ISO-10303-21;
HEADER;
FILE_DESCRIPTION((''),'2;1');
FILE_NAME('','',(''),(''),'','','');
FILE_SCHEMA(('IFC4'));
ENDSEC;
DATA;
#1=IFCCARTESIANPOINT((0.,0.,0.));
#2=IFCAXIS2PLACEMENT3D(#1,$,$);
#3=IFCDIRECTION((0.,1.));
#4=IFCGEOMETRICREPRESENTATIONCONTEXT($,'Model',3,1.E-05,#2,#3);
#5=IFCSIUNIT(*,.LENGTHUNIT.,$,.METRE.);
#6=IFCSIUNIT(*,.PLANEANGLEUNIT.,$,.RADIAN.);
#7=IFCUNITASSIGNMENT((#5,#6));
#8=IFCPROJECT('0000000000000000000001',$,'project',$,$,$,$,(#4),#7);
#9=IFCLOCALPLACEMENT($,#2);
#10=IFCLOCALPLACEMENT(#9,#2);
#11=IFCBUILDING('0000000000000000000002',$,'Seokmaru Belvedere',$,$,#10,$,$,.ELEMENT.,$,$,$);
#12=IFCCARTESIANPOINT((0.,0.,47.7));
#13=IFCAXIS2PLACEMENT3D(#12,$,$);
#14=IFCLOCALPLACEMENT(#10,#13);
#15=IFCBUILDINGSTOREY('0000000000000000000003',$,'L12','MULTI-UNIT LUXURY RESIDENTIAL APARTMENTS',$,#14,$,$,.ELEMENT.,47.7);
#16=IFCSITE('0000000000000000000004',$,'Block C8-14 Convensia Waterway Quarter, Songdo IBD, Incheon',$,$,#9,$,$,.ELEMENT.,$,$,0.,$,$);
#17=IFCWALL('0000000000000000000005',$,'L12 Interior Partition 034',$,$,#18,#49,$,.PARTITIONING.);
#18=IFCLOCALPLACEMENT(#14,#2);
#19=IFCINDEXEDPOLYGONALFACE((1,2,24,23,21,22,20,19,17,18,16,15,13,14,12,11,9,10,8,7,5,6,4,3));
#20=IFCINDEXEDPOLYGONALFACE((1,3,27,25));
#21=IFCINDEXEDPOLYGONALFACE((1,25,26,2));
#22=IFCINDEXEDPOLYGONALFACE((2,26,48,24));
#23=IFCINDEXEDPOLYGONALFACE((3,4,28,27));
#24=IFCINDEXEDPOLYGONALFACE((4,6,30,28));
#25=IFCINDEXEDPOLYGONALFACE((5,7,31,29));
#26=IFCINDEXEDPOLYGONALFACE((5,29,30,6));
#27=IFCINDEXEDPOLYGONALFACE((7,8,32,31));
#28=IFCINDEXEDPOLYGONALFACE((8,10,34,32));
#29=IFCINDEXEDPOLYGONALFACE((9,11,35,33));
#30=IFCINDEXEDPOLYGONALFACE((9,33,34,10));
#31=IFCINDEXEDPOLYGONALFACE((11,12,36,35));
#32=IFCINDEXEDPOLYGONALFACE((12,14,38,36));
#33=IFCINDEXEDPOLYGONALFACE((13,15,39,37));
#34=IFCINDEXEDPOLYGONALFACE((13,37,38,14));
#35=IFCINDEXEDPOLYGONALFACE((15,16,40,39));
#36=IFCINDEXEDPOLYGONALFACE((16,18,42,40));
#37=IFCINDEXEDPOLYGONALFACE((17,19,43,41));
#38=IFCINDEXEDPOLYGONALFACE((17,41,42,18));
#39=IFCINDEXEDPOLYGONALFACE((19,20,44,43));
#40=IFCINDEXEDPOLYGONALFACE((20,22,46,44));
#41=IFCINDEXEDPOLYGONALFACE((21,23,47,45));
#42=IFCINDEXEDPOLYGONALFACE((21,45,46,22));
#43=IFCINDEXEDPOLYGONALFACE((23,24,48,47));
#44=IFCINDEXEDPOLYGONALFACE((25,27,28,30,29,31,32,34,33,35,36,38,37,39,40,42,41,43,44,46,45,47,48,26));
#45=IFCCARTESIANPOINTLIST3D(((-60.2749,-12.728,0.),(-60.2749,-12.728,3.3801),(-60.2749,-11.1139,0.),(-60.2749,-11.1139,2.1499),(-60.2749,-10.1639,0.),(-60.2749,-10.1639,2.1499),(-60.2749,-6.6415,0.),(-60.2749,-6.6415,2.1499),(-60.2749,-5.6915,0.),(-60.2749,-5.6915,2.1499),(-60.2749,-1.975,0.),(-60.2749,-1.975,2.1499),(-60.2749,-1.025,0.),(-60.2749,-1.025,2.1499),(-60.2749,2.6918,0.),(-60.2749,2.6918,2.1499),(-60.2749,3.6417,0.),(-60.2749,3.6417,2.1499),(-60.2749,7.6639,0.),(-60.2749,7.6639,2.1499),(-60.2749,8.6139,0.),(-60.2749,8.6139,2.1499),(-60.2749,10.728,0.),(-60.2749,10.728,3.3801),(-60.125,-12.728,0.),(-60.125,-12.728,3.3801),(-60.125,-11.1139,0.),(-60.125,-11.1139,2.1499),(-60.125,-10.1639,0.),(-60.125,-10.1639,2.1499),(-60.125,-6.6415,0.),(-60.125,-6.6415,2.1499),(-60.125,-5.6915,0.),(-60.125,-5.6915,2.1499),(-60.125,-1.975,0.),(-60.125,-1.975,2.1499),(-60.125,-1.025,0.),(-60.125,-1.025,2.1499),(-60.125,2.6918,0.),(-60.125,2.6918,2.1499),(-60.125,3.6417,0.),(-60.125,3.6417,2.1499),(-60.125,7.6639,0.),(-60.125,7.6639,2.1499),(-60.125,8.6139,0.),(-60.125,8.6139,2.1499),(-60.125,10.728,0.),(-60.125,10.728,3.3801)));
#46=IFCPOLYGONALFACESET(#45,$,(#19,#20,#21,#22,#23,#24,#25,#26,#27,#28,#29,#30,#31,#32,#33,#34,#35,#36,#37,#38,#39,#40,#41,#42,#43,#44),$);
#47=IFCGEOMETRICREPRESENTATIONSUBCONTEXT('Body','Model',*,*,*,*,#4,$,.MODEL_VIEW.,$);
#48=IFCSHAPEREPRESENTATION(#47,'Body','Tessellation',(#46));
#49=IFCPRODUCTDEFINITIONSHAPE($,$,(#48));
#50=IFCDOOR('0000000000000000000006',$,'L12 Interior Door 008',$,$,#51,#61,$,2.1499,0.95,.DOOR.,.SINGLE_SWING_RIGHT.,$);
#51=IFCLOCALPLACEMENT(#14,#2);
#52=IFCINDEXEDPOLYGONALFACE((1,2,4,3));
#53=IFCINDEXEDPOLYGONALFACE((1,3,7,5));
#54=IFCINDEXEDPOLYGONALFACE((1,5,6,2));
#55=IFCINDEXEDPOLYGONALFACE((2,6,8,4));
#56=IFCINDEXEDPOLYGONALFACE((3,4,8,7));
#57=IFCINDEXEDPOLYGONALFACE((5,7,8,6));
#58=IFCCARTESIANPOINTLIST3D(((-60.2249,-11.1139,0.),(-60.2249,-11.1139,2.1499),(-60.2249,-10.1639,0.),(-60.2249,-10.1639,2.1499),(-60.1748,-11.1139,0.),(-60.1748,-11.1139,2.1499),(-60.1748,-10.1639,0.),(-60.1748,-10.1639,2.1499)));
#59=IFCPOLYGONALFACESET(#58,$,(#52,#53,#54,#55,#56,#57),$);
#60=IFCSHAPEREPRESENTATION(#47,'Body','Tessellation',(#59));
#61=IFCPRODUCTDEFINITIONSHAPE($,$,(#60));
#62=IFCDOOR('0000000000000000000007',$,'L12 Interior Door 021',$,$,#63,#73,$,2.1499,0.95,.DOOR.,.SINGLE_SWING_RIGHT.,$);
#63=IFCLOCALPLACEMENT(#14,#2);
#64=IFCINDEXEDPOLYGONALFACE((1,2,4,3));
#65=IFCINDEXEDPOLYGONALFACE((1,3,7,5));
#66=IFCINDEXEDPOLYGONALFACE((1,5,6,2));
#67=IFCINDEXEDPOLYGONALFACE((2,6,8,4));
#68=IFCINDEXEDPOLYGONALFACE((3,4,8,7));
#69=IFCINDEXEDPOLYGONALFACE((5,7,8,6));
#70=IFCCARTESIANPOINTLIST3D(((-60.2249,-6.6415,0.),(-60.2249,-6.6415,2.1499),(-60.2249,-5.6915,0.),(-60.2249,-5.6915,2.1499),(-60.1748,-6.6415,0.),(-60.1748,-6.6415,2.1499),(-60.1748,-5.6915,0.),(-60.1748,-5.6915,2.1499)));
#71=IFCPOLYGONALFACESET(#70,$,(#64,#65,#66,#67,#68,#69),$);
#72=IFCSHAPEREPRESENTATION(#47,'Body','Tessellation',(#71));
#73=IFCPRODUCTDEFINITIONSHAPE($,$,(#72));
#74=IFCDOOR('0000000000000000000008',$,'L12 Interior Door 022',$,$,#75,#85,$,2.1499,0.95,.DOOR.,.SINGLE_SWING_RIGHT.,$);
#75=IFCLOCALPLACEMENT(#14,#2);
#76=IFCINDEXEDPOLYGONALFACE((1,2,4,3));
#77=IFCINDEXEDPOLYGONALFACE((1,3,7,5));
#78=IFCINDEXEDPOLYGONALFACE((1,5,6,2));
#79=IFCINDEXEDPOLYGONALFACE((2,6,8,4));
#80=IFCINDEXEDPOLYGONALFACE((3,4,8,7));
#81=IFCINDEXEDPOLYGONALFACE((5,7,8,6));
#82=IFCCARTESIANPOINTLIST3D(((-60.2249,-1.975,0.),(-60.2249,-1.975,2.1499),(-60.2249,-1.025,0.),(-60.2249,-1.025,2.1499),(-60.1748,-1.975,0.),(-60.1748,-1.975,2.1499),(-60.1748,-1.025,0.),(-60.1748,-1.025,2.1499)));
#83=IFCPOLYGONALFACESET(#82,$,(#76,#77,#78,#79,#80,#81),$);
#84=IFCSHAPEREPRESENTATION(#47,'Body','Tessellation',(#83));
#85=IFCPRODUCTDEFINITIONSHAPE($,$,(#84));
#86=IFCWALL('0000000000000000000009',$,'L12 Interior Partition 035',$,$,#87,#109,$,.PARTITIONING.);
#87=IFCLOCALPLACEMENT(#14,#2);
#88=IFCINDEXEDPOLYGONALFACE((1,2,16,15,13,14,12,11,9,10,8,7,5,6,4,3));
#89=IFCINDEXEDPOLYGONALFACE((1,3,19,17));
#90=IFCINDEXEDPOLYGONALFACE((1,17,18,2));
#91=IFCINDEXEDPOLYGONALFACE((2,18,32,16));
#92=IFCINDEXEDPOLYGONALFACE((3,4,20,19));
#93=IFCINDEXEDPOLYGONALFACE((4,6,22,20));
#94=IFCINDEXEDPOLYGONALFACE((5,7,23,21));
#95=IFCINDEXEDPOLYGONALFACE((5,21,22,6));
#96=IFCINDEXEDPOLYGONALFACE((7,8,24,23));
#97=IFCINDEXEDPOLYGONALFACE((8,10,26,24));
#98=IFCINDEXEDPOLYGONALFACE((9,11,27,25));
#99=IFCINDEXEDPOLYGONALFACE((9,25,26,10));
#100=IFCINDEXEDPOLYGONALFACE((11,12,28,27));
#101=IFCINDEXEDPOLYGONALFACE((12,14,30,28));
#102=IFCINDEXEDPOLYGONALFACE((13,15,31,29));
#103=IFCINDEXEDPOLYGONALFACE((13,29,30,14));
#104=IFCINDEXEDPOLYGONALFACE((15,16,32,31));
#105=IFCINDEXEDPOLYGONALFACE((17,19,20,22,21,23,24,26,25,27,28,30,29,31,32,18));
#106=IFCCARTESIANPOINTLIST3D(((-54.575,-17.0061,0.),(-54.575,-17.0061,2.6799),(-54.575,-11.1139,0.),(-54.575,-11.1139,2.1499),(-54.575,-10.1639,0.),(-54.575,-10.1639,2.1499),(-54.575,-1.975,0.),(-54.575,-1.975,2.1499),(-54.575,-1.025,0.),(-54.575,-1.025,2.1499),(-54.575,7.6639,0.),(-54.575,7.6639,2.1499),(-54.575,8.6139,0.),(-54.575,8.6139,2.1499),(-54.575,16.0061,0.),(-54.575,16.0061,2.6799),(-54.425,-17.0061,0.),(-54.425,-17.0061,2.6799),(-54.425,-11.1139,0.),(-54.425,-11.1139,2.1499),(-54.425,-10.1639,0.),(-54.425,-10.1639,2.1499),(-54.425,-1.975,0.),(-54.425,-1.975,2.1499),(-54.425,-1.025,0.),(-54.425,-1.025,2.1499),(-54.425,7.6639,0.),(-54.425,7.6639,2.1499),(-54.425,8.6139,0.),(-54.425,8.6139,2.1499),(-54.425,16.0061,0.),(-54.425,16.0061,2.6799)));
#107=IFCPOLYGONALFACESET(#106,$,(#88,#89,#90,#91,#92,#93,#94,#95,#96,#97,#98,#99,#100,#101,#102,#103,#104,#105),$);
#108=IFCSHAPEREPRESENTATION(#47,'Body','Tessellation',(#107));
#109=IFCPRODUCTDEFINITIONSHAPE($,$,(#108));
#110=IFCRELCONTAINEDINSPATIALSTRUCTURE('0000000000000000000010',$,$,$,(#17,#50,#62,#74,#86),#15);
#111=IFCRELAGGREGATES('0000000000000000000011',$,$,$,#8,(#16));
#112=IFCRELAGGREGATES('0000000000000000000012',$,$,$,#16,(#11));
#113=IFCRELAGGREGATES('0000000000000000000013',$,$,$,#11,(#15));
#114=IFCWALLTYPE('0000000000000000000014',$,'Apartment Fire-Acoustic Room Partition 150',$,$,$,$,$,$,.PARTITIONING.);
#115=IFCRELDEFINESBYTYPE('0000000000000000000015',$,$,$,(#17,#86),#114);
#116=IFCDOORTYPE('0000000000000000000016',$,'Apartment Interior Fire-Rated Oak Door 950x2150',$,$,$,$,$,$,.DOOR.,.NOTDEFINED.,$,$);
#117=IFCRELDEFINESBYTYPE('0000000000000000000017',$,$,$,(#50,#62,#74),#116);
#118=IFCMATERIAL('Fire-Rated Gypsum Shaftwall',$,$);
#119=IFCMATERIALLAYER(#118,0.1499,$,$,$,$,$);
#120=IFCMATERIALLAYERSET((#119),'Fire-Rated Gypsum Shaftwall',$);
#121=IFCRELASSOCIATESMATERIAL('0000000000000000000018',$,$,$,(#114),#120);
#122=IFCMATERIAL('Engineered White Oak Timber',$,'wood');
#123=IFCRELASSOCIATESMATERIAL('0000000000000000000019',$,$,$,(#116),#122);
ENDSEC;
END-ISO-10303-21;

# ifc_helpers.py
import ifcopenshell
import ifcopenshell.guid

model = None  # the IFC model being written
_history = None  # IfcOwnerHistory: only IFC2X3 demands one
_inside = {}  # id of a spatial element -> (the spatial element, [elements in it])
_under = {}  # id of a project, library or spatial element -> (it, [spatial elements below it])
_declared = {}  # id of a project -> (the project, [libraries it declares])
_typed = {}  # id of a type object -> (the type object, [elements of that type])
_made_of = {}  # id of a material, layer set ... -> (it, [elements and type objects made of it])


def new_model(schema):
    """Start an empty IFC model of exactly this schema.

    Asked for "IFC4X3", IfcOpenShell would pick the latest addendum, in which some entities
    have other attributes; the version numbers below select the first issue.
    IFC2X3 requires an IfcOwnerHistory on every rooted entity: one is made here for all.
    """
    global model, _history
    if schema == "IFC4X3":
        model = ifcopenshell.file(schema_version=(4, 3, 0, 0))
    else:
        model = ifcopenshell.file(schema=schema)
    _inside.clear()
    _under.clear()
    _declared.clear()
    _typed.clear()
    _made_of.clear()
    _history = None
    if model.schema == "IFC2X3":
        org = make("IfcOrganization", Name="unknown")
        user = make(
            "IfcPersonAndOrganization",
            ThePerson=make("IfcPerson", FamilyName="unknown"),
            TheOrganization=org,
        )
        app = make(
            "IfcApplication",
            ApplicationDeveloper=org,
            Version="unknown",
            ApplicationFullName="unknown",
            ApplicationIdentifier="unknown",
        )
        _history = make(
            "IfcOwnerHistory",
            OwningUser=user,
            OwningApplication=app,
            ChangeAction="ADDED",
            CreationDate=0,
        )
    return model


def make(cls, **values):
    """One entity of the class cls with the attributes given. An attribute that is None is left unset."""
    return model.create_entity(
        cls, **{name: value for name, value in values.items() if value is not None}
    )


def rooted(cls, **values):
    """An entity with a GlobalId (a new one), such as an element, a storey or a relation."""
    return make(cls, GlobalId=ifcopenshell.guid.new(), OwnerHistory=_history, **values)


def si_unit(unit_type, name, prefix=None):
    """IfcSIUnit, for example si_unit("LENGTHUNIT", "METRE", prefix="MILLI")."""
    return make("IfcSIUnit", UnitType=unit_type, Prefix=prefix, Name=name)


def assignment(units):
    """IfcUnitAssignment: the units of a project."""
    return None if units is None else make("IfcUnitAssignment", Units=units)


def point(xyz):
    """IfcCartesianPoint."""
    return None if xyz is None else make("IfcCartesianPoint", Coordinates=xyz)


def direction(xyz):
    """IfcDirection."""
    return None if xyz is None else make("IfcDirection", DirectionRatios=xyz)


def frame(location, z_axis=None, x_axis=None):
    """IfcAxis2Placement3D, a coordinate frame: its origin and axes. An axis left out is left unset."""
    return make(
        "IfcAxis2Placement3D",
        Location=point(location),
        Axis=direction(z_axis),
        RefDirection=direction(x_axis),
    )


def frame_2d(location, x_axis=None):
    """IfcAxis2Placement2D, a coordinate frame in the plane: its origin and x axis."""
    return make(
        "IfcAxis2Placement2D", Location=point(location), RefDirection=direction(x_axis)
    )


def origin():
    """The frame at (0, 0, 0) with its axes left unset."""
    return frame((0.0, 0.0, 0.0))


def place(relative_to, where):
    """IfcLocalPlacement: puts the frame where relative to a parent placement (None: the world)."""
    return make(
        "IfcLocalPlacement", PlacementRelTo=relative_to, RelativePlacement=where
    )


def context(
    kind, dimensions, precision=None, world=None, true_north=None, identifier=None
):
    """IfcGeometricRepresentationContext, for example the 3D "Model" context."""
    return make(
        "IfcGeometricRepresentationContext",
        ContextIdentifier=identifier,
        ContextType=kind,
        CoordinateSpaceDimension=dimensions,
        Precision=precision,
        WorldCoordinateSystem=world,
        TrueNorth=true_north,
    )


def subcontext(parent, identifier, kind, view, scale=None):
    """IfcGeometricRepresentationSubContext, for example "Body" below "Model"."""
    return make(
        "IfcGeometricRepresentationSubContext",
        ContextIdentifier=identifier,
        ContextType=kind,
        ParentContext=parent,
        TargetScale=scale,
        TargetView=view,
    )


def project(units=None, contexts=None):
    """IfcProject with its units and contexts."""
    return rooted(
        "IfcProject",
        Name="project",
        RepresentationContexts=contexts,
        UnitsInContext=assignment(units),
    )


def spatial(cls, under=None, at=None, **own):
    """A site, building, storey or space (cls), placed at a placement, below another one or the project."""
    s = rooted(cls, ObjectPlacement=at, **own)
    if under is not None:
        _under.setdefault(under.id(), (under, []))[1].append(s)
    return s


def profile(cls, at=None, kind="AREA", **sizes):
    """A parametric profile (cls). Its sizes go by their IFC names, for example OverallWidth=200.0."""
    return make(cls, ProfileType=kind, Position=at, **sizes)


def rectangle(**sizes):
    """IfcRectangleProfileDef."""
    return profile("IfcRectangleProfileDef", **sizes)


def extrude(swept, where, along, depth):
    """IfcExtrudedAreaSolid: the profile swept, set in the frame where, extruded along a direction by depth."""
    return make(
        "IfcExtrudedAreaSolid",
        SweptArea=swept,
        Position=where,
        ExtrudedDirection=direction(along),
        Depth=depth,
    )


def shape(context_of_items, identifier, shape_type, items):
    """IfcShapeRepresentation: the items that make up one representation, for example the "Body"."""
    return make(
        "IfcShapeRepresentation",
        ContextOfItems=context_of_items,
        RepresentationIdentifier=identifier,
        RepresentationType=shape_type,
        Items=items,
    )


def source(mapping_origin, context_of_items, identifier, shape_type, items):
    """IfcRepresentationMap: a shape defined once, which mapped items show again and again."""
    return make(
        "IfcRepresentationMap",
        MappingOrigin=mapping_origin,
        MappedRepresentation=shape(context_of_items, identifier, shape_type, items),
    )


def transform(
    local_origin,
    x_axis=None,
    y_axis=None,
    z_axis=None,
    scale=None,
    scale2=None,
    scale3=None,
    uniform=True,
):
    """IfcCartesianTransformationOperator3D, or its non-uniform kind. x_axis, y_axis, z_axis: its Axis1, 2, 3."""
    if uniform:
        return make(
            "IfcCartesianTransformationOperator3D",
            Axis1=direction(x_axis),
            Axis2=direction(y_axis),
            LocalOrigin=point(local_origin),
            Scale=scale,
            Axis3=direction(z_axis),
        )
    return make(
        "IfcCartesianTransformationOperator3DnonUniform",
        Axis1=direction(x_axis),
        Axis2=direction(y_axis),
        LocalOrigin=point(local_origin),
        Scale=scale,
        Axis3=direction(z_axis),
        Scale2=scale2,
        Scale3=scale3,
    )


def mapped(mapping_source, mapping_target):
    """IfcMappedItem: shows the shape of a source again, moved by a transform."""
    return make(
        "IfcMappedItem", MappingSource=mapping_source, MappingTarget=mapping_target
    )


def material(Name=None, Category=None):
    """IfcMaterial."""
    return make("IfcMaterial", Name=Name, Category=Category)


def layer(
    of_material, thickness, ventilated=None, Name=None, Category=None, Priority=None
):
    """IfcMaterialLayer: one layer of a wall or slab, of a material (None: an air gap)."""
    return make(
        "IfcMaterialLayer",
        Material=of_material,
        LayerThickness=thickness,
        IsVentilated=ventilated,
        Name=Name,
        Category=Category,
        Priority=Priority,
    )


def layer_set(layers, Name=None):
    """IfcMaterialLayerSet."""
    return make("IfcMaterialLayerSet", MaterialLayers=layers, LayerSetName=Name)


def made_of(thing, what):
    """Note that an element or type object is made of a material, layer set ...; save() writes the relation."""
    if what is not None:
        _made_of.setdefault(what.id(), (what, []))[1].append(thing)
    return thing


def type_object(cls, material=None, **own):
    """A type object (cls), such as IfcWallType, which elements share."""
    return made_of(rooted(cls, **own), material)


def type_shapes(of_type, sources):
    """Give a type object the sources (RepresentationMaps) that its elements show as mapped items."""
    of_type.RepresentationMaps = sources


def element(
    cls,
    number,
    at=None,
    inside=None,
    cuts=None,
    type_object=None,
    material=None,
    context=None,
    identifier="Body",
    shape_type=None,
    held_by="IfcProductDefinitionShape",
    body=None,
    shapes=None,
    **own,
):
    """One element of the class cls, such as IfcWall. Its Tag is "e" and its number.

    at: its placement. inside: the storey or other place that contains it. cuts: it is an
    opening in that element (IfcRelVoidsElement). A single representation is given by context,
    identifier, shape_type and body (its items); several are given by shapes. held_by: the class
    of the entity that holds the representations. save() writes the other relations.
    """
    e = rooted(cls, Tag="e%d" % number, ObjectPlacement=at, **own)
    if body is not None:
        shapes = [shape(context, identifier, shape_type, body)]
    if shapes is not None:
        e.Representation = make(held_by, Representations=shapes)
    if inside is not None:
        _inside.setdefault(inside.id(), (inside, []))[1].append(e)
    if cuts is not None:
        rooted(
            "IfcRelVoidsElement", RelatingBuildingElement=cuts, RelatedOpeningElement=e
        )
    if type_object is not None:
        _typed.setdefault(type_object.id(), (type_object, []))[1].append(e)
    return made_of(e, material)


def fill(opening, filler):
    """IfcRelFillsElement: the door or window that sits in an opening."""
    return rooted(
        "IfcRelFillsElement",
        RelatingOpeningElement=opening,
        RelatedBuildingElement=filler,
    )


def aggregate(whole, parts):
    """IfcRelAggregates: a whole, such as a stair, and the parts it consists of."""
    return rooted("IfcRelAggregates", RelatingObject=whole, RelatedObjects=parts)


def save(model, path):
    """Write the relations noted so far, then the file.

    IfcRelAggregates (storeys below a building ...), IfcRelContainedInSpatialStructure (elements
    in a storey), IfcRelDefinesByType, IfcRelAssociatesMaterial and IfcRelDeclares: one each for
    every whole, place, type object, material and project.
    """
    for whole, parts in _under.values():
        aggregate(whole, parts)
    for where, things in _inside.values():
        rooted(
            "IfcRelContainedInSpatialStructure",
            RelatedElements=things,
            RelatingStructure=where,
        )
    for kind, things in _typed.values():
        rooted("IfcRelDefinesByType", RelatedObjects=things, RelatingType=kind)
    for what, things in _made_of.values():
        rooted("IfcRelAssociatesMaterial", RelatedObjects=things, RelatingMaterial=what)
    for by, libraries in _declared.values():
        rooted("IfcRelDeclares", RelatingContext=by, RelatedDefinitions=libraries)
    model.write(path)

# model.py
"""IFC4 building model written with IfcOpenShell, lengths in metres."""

from ifc_helpers import new_model, si_unit, direction, frame, frame_2d, origin, place, context, subcontext, project, spatial, rectangle, extrude, source, transform, mapped, material, layer, layer_set, type_object, type_shapes, element, fill, save


model = new_model("IFC4")

# Units and contexts
model_context = context("Model", 3, precision=1e-05, world=origin(), true_north=direction((0.0, 1.0)))
body_context = subcontext(model_context, "Body", "Model", "MODEL_VIEW")
ifc_project = project(units=[si_unit("LENGTHUNIT", "METRE"), si_unit("PLANEANGLEUNIT", "RADIAN")], contexts=[model_context])

# Site, building, storey
site_placement = place(None, origin())
site = spatial("IfcSite", under=ifc_project, at=site_placement, Name="Block C8-14 Convensia Waterway Quarter, Songdo IBD, Incheon", CompositionType="ELEMENT", RefElevation=0.0)
building_placement = place(site_placement, origin())
building = spatial("IfcBuilding", under=site, at=building_placement, Name="Seokmaru Belvedere", CompositionType="ELEMENT")
storey_placement = place(building_placement, frame((0.0, 0.0, 47.7)))
storey = spatial("IfcBuildingStorey", under=building, at=storey_placement, Name="L12", Description="MULTI-UNIT LUXURY RESIDENTIAL APARTMENTS", CompositionType="ELEMENT", Elevation=47.7)

# Shared definitions
ifc_material_1 = material(Name="Fire-Rated Gypsum Shaftwall")
ifc_layer_1 = layer(ifc_material_1, 0.1499)
ifc_layer_set_1 = layer_set([ifc_layer_1], Name="Fire-Rated Gypsum Shaftwall")
wall_type = type_object("IfcWallType", Name="Apartment Fire-Acoustic Room Partition 150", PredefinedType="PARTITIONING", material=ifc_layer_set_1)
ifc_material_2 = material(Name="Engineered White Oak Timber", Category="wood")
door_type = type_object("IfcDoorType", Name="Apartment Interior Fire-Rated Oak Door 950x2150", OperationType="NOTDEFINED", PredefinedType="DOOR", material=ifc_material_2)
shared_shape_1 = source(origin(), body_context, "Body", "SweptSolid", [
    extrude(rectangle(XDim=0.95, YDim=2.1499, at=frame_2d((0.4751, 1.075))), frame((0.0, 0.0249, 0.0), z_axis=(0.0, -1.0, 0.0), x_axis=(1.0, 0.0, 0.0)), (0.0, 0.0, 1.0), 0.05),
])
type_shapes(door_type, [shared_shape_1])

# Wall, openings, doors
wall_1_placement = place(storey_placement, frame((-60.2, -12.728, 0.0), z_axis=(0.0, 0.0, 1.0), x_axis=(0.0, 1.0, 0.0)))
wall_1 = element("IfcWall", 1, at=wall_1_placement, inside=storey, type_object=wall_type, Name="L12 Interior Partition 034", PredefinedType="PARTITIONING", context=body_context, shape_type="SweptSolid", body=[
    extrude(rectangle(XDim=23.4561, YDim=0.1499, at=frame_2d((11.728, 0.0))), origin(), (0.0, 0.0, 1.0), 3.3801),
])
opening_1_placement = place(wall_1_placement, frame((1.614, 0.0, 0.0)))
opening_1 = element("IfcOpeningElement", 2, at=opening_1_placement, cuts=wall_1, PredefinedType="OPENING", context=body_context, shape_type="SweptSolid", body=[
    extrude(rectangle(XDim=0.95, YDim=2.1499, at=frame_2d((0.4751, 1.075))), frame((0.0, 0.085, 0.0), z_axis=(0.0, -1.0, 0.0), x_axis=(1.0, 0.0, 0.0)), (0.0, 0.0, 1.0), 0.1699),
])
opening_2_placement = place(wall_1_placement, frame((6.0864, 0.0, 0.0)))
opening_2 = element("IfcOpeningElement", 3, at=opening_2_placement, cuts=wall_1, PredefinedType="OPENING", context=body_context, shape_type="SweptSolid", body=[
    extrude(rectangle(XDim=0.95, YDim=2.1499, at=frame_2d((0.4751, 1.075))), frame((0.0, 0.085, 0.0), z_axis=(0.0, -1.0, 0.0), x_axis=(1.0, 0.0, 0.0)), (0.0, 0.0, 1.0), 0.1699),
])
opening_3_placement = place(wall_1_placement, frame((10.7529, 0.0, 0.0)))
opening_3 = element("IfcOpeningElement", 4, at=opening_3_placement, cuts=wall_1, PredefinedType="OPENING", context=body_context, shape_type="SweptSolid", body=[
    extrude(rectangle(XDim=0.95, YDim=2.1499, at=frame_2d((0.4751, 1.075))), frame((0.0, 0.085, 0.0), z_axis=(0.0, -1.0, 0.0), x_axis=(1.0, 0.0, 0.0)), (0.0, 0.0, 1.0), 0.1699),
])
opening_4_placement = place(wall_1_placement, frame((15.4197, 0.0, 0.0)))
element("IfcOpeningElement", 5, at=opening_4_placement, cuts=wall_1, PredefinedType="OPENING", context=body_context, shape_type="SweptSolid", body=[
    extrude(rectangle(XDim=0.95, YDim=2.1499, at=frame_2d((0.4751, 1.075))), frame((0.0, 0.085, 0.0), z_axis=(0.0, -1.0, 0.0), x_axis=(1.0, 0.0, 0.0)), (0.0, 0.0, 1.0), 0.1699),
])
opening_5_placement = place(wall_1_placement, frame((20.3918, 0.0, 0.0)))
element("IfcOpeningElement", 6, at=opening_5_placement, cuts=wall_1, PredefinedType="OPENING", context=body_context, shape_type="SweptSolid", body=[
    extrude(rectangle(XDim=0.95, YDim=2.1499, at=frame_2d((0.4751, 1.075))), frame((0.0, 0.085, 0.0), z_axis=(0.0, -1.0, 0.0), x_axis=(1.0, 0.0, 0.0)), (0.0, 0.0, 1.0), 0.1699),
])
door_1_placement = place(opening_1_placement, origin())
door_1 = element("IfcDoor", 7, at=door_1_placement, inside=storey, type_object=door_type, Name="L12 Interior Door 008", OperationType="SINGLE_SWING_RIGHT", OverallHeight=2.1499, OverallWidth=0.95, PredefinedType="DOOR", context=body_context, shape_type="MappedRepresentation", body=[
    mapped(shared_shape_1, transform((0.0, 0.0, 0.0), scale=1.0)),
])
fill(opening_1, door_1)
door_2_placement = place(opening_2_placement, origin())
door_2 = element("IfcDoor", 8, at=door_2_placement, inside=storey, type_object=door_type, Name="L12 Interior Door 021", OperationType="SINGLE_SWING_RIGHT", OverallHeight=2.1499, OverallWidth=0.95, PredefinedType="DOOR", context=body_context, shape_type="MappedRepresentation", body=[
    mapped(shared_shape_1, transform((0.0, 0.0, 0.0), scale=1.0)),
])
fill(opening_2, door_2)
door_3_placement = place(opening_3_placement, origin())
door_3 = element("IfcDoor", 9, at=door_3_placement, inside=storey, type_object=door_type, Name="L12 Interior Door 022", OperationType="SINGLE_SWING_RIGHT", OverallHeight=2.1499, OverallWidth=0.95, PredefinedType="DOOR", context=body_context, shape_type="MappedRepresentation", body=[
    mapped(shared_shape_1, transform((0.0, 0.0, 0.0), scale=1.0)),
])
fill(opening_3, door_3)

# Wall, openings
wall_2_placement = place(storey_placement, frame((-54.5, -17.0061, 0.0), z_axis=(0.0, 0.0, 1.0), x_axis=(0.0, 1.0, 0.0)))
wall_2 = element("IfcWall", 10, at=wall_2_placement, inside=storey, type_object=wall_type, Name="L12 Interior Partition 035", PredefinedType="PARTITIONING", context=body_context, shape_type="SweptSolid", body=[
    extrude(rectangle(XDim=33.0122, YDim=0.1499, at=frame_2d((16.5061, 0.0))), origin(), (0.0, 0.0, 1.0), 2.6799),
])
opening_6_placement = place(wall_2_placement, frame((5.8921, 0.0, 0.0)))
element("IfcOpeningElement", 11, at=opening_6_placement, cuts=wall_2, PredefinedType="OPENING", context=body_context, shape_type="SweptSolid", body=[
    extrude(rectangle(XDim=0.95, YDim=2.1499, at=frame_2d((0.4751, 1.075))), frame((0.0, 0.085, 0.0), z_axis=(0.0, -1.0, 0.0), x_axis=(1.0, 0.0, 0.0)), (0.0, 0.0, 1.0), 0.1699),
])
opening_7_placement = place(wall_2_placement, frame((15.031, 0.0, 0.0)))
element("IfcOpeningElement", 12, at=opening_7_placement, cuts=wall_2, PredefinedType="OPENING", context=body_context, shape_type="SweptSolid", body=[
    extrude(rectangle(XDim=0.95, YDim=2.1499, at=frame_2d((0.4751, 1.075))), frame((0.0, 0.085, 0.0), z_axis=(0.0, -1.0, 0.0), x_axis=(1.0, 0.0, 0.0)), (0.0, 0.0, 1.0), 0.1699),
])
opening_8_placement = place(wall_2_placement, frame((24.6699, 0.0, 0.0)))
element("IfcOpeningElement", 13, at=opening_8_placement, cuts=wall_2, PredefinedType="OPENING", context=body_context, shape_type="SweptSolid", body=[
    extrude(rectangle(XDim=0.95, YDim=2.1499, at=frame_2d((0.4751, 1.075))), frame((0.0, 0.085, 0.0), z_axis=(0.0, -1.0, 0.0), x_axis=(1.0, 0.0, 0.0)), (0.0, 0.0, 1.0), 0.1699),
])

save(model, "model.ifc")
